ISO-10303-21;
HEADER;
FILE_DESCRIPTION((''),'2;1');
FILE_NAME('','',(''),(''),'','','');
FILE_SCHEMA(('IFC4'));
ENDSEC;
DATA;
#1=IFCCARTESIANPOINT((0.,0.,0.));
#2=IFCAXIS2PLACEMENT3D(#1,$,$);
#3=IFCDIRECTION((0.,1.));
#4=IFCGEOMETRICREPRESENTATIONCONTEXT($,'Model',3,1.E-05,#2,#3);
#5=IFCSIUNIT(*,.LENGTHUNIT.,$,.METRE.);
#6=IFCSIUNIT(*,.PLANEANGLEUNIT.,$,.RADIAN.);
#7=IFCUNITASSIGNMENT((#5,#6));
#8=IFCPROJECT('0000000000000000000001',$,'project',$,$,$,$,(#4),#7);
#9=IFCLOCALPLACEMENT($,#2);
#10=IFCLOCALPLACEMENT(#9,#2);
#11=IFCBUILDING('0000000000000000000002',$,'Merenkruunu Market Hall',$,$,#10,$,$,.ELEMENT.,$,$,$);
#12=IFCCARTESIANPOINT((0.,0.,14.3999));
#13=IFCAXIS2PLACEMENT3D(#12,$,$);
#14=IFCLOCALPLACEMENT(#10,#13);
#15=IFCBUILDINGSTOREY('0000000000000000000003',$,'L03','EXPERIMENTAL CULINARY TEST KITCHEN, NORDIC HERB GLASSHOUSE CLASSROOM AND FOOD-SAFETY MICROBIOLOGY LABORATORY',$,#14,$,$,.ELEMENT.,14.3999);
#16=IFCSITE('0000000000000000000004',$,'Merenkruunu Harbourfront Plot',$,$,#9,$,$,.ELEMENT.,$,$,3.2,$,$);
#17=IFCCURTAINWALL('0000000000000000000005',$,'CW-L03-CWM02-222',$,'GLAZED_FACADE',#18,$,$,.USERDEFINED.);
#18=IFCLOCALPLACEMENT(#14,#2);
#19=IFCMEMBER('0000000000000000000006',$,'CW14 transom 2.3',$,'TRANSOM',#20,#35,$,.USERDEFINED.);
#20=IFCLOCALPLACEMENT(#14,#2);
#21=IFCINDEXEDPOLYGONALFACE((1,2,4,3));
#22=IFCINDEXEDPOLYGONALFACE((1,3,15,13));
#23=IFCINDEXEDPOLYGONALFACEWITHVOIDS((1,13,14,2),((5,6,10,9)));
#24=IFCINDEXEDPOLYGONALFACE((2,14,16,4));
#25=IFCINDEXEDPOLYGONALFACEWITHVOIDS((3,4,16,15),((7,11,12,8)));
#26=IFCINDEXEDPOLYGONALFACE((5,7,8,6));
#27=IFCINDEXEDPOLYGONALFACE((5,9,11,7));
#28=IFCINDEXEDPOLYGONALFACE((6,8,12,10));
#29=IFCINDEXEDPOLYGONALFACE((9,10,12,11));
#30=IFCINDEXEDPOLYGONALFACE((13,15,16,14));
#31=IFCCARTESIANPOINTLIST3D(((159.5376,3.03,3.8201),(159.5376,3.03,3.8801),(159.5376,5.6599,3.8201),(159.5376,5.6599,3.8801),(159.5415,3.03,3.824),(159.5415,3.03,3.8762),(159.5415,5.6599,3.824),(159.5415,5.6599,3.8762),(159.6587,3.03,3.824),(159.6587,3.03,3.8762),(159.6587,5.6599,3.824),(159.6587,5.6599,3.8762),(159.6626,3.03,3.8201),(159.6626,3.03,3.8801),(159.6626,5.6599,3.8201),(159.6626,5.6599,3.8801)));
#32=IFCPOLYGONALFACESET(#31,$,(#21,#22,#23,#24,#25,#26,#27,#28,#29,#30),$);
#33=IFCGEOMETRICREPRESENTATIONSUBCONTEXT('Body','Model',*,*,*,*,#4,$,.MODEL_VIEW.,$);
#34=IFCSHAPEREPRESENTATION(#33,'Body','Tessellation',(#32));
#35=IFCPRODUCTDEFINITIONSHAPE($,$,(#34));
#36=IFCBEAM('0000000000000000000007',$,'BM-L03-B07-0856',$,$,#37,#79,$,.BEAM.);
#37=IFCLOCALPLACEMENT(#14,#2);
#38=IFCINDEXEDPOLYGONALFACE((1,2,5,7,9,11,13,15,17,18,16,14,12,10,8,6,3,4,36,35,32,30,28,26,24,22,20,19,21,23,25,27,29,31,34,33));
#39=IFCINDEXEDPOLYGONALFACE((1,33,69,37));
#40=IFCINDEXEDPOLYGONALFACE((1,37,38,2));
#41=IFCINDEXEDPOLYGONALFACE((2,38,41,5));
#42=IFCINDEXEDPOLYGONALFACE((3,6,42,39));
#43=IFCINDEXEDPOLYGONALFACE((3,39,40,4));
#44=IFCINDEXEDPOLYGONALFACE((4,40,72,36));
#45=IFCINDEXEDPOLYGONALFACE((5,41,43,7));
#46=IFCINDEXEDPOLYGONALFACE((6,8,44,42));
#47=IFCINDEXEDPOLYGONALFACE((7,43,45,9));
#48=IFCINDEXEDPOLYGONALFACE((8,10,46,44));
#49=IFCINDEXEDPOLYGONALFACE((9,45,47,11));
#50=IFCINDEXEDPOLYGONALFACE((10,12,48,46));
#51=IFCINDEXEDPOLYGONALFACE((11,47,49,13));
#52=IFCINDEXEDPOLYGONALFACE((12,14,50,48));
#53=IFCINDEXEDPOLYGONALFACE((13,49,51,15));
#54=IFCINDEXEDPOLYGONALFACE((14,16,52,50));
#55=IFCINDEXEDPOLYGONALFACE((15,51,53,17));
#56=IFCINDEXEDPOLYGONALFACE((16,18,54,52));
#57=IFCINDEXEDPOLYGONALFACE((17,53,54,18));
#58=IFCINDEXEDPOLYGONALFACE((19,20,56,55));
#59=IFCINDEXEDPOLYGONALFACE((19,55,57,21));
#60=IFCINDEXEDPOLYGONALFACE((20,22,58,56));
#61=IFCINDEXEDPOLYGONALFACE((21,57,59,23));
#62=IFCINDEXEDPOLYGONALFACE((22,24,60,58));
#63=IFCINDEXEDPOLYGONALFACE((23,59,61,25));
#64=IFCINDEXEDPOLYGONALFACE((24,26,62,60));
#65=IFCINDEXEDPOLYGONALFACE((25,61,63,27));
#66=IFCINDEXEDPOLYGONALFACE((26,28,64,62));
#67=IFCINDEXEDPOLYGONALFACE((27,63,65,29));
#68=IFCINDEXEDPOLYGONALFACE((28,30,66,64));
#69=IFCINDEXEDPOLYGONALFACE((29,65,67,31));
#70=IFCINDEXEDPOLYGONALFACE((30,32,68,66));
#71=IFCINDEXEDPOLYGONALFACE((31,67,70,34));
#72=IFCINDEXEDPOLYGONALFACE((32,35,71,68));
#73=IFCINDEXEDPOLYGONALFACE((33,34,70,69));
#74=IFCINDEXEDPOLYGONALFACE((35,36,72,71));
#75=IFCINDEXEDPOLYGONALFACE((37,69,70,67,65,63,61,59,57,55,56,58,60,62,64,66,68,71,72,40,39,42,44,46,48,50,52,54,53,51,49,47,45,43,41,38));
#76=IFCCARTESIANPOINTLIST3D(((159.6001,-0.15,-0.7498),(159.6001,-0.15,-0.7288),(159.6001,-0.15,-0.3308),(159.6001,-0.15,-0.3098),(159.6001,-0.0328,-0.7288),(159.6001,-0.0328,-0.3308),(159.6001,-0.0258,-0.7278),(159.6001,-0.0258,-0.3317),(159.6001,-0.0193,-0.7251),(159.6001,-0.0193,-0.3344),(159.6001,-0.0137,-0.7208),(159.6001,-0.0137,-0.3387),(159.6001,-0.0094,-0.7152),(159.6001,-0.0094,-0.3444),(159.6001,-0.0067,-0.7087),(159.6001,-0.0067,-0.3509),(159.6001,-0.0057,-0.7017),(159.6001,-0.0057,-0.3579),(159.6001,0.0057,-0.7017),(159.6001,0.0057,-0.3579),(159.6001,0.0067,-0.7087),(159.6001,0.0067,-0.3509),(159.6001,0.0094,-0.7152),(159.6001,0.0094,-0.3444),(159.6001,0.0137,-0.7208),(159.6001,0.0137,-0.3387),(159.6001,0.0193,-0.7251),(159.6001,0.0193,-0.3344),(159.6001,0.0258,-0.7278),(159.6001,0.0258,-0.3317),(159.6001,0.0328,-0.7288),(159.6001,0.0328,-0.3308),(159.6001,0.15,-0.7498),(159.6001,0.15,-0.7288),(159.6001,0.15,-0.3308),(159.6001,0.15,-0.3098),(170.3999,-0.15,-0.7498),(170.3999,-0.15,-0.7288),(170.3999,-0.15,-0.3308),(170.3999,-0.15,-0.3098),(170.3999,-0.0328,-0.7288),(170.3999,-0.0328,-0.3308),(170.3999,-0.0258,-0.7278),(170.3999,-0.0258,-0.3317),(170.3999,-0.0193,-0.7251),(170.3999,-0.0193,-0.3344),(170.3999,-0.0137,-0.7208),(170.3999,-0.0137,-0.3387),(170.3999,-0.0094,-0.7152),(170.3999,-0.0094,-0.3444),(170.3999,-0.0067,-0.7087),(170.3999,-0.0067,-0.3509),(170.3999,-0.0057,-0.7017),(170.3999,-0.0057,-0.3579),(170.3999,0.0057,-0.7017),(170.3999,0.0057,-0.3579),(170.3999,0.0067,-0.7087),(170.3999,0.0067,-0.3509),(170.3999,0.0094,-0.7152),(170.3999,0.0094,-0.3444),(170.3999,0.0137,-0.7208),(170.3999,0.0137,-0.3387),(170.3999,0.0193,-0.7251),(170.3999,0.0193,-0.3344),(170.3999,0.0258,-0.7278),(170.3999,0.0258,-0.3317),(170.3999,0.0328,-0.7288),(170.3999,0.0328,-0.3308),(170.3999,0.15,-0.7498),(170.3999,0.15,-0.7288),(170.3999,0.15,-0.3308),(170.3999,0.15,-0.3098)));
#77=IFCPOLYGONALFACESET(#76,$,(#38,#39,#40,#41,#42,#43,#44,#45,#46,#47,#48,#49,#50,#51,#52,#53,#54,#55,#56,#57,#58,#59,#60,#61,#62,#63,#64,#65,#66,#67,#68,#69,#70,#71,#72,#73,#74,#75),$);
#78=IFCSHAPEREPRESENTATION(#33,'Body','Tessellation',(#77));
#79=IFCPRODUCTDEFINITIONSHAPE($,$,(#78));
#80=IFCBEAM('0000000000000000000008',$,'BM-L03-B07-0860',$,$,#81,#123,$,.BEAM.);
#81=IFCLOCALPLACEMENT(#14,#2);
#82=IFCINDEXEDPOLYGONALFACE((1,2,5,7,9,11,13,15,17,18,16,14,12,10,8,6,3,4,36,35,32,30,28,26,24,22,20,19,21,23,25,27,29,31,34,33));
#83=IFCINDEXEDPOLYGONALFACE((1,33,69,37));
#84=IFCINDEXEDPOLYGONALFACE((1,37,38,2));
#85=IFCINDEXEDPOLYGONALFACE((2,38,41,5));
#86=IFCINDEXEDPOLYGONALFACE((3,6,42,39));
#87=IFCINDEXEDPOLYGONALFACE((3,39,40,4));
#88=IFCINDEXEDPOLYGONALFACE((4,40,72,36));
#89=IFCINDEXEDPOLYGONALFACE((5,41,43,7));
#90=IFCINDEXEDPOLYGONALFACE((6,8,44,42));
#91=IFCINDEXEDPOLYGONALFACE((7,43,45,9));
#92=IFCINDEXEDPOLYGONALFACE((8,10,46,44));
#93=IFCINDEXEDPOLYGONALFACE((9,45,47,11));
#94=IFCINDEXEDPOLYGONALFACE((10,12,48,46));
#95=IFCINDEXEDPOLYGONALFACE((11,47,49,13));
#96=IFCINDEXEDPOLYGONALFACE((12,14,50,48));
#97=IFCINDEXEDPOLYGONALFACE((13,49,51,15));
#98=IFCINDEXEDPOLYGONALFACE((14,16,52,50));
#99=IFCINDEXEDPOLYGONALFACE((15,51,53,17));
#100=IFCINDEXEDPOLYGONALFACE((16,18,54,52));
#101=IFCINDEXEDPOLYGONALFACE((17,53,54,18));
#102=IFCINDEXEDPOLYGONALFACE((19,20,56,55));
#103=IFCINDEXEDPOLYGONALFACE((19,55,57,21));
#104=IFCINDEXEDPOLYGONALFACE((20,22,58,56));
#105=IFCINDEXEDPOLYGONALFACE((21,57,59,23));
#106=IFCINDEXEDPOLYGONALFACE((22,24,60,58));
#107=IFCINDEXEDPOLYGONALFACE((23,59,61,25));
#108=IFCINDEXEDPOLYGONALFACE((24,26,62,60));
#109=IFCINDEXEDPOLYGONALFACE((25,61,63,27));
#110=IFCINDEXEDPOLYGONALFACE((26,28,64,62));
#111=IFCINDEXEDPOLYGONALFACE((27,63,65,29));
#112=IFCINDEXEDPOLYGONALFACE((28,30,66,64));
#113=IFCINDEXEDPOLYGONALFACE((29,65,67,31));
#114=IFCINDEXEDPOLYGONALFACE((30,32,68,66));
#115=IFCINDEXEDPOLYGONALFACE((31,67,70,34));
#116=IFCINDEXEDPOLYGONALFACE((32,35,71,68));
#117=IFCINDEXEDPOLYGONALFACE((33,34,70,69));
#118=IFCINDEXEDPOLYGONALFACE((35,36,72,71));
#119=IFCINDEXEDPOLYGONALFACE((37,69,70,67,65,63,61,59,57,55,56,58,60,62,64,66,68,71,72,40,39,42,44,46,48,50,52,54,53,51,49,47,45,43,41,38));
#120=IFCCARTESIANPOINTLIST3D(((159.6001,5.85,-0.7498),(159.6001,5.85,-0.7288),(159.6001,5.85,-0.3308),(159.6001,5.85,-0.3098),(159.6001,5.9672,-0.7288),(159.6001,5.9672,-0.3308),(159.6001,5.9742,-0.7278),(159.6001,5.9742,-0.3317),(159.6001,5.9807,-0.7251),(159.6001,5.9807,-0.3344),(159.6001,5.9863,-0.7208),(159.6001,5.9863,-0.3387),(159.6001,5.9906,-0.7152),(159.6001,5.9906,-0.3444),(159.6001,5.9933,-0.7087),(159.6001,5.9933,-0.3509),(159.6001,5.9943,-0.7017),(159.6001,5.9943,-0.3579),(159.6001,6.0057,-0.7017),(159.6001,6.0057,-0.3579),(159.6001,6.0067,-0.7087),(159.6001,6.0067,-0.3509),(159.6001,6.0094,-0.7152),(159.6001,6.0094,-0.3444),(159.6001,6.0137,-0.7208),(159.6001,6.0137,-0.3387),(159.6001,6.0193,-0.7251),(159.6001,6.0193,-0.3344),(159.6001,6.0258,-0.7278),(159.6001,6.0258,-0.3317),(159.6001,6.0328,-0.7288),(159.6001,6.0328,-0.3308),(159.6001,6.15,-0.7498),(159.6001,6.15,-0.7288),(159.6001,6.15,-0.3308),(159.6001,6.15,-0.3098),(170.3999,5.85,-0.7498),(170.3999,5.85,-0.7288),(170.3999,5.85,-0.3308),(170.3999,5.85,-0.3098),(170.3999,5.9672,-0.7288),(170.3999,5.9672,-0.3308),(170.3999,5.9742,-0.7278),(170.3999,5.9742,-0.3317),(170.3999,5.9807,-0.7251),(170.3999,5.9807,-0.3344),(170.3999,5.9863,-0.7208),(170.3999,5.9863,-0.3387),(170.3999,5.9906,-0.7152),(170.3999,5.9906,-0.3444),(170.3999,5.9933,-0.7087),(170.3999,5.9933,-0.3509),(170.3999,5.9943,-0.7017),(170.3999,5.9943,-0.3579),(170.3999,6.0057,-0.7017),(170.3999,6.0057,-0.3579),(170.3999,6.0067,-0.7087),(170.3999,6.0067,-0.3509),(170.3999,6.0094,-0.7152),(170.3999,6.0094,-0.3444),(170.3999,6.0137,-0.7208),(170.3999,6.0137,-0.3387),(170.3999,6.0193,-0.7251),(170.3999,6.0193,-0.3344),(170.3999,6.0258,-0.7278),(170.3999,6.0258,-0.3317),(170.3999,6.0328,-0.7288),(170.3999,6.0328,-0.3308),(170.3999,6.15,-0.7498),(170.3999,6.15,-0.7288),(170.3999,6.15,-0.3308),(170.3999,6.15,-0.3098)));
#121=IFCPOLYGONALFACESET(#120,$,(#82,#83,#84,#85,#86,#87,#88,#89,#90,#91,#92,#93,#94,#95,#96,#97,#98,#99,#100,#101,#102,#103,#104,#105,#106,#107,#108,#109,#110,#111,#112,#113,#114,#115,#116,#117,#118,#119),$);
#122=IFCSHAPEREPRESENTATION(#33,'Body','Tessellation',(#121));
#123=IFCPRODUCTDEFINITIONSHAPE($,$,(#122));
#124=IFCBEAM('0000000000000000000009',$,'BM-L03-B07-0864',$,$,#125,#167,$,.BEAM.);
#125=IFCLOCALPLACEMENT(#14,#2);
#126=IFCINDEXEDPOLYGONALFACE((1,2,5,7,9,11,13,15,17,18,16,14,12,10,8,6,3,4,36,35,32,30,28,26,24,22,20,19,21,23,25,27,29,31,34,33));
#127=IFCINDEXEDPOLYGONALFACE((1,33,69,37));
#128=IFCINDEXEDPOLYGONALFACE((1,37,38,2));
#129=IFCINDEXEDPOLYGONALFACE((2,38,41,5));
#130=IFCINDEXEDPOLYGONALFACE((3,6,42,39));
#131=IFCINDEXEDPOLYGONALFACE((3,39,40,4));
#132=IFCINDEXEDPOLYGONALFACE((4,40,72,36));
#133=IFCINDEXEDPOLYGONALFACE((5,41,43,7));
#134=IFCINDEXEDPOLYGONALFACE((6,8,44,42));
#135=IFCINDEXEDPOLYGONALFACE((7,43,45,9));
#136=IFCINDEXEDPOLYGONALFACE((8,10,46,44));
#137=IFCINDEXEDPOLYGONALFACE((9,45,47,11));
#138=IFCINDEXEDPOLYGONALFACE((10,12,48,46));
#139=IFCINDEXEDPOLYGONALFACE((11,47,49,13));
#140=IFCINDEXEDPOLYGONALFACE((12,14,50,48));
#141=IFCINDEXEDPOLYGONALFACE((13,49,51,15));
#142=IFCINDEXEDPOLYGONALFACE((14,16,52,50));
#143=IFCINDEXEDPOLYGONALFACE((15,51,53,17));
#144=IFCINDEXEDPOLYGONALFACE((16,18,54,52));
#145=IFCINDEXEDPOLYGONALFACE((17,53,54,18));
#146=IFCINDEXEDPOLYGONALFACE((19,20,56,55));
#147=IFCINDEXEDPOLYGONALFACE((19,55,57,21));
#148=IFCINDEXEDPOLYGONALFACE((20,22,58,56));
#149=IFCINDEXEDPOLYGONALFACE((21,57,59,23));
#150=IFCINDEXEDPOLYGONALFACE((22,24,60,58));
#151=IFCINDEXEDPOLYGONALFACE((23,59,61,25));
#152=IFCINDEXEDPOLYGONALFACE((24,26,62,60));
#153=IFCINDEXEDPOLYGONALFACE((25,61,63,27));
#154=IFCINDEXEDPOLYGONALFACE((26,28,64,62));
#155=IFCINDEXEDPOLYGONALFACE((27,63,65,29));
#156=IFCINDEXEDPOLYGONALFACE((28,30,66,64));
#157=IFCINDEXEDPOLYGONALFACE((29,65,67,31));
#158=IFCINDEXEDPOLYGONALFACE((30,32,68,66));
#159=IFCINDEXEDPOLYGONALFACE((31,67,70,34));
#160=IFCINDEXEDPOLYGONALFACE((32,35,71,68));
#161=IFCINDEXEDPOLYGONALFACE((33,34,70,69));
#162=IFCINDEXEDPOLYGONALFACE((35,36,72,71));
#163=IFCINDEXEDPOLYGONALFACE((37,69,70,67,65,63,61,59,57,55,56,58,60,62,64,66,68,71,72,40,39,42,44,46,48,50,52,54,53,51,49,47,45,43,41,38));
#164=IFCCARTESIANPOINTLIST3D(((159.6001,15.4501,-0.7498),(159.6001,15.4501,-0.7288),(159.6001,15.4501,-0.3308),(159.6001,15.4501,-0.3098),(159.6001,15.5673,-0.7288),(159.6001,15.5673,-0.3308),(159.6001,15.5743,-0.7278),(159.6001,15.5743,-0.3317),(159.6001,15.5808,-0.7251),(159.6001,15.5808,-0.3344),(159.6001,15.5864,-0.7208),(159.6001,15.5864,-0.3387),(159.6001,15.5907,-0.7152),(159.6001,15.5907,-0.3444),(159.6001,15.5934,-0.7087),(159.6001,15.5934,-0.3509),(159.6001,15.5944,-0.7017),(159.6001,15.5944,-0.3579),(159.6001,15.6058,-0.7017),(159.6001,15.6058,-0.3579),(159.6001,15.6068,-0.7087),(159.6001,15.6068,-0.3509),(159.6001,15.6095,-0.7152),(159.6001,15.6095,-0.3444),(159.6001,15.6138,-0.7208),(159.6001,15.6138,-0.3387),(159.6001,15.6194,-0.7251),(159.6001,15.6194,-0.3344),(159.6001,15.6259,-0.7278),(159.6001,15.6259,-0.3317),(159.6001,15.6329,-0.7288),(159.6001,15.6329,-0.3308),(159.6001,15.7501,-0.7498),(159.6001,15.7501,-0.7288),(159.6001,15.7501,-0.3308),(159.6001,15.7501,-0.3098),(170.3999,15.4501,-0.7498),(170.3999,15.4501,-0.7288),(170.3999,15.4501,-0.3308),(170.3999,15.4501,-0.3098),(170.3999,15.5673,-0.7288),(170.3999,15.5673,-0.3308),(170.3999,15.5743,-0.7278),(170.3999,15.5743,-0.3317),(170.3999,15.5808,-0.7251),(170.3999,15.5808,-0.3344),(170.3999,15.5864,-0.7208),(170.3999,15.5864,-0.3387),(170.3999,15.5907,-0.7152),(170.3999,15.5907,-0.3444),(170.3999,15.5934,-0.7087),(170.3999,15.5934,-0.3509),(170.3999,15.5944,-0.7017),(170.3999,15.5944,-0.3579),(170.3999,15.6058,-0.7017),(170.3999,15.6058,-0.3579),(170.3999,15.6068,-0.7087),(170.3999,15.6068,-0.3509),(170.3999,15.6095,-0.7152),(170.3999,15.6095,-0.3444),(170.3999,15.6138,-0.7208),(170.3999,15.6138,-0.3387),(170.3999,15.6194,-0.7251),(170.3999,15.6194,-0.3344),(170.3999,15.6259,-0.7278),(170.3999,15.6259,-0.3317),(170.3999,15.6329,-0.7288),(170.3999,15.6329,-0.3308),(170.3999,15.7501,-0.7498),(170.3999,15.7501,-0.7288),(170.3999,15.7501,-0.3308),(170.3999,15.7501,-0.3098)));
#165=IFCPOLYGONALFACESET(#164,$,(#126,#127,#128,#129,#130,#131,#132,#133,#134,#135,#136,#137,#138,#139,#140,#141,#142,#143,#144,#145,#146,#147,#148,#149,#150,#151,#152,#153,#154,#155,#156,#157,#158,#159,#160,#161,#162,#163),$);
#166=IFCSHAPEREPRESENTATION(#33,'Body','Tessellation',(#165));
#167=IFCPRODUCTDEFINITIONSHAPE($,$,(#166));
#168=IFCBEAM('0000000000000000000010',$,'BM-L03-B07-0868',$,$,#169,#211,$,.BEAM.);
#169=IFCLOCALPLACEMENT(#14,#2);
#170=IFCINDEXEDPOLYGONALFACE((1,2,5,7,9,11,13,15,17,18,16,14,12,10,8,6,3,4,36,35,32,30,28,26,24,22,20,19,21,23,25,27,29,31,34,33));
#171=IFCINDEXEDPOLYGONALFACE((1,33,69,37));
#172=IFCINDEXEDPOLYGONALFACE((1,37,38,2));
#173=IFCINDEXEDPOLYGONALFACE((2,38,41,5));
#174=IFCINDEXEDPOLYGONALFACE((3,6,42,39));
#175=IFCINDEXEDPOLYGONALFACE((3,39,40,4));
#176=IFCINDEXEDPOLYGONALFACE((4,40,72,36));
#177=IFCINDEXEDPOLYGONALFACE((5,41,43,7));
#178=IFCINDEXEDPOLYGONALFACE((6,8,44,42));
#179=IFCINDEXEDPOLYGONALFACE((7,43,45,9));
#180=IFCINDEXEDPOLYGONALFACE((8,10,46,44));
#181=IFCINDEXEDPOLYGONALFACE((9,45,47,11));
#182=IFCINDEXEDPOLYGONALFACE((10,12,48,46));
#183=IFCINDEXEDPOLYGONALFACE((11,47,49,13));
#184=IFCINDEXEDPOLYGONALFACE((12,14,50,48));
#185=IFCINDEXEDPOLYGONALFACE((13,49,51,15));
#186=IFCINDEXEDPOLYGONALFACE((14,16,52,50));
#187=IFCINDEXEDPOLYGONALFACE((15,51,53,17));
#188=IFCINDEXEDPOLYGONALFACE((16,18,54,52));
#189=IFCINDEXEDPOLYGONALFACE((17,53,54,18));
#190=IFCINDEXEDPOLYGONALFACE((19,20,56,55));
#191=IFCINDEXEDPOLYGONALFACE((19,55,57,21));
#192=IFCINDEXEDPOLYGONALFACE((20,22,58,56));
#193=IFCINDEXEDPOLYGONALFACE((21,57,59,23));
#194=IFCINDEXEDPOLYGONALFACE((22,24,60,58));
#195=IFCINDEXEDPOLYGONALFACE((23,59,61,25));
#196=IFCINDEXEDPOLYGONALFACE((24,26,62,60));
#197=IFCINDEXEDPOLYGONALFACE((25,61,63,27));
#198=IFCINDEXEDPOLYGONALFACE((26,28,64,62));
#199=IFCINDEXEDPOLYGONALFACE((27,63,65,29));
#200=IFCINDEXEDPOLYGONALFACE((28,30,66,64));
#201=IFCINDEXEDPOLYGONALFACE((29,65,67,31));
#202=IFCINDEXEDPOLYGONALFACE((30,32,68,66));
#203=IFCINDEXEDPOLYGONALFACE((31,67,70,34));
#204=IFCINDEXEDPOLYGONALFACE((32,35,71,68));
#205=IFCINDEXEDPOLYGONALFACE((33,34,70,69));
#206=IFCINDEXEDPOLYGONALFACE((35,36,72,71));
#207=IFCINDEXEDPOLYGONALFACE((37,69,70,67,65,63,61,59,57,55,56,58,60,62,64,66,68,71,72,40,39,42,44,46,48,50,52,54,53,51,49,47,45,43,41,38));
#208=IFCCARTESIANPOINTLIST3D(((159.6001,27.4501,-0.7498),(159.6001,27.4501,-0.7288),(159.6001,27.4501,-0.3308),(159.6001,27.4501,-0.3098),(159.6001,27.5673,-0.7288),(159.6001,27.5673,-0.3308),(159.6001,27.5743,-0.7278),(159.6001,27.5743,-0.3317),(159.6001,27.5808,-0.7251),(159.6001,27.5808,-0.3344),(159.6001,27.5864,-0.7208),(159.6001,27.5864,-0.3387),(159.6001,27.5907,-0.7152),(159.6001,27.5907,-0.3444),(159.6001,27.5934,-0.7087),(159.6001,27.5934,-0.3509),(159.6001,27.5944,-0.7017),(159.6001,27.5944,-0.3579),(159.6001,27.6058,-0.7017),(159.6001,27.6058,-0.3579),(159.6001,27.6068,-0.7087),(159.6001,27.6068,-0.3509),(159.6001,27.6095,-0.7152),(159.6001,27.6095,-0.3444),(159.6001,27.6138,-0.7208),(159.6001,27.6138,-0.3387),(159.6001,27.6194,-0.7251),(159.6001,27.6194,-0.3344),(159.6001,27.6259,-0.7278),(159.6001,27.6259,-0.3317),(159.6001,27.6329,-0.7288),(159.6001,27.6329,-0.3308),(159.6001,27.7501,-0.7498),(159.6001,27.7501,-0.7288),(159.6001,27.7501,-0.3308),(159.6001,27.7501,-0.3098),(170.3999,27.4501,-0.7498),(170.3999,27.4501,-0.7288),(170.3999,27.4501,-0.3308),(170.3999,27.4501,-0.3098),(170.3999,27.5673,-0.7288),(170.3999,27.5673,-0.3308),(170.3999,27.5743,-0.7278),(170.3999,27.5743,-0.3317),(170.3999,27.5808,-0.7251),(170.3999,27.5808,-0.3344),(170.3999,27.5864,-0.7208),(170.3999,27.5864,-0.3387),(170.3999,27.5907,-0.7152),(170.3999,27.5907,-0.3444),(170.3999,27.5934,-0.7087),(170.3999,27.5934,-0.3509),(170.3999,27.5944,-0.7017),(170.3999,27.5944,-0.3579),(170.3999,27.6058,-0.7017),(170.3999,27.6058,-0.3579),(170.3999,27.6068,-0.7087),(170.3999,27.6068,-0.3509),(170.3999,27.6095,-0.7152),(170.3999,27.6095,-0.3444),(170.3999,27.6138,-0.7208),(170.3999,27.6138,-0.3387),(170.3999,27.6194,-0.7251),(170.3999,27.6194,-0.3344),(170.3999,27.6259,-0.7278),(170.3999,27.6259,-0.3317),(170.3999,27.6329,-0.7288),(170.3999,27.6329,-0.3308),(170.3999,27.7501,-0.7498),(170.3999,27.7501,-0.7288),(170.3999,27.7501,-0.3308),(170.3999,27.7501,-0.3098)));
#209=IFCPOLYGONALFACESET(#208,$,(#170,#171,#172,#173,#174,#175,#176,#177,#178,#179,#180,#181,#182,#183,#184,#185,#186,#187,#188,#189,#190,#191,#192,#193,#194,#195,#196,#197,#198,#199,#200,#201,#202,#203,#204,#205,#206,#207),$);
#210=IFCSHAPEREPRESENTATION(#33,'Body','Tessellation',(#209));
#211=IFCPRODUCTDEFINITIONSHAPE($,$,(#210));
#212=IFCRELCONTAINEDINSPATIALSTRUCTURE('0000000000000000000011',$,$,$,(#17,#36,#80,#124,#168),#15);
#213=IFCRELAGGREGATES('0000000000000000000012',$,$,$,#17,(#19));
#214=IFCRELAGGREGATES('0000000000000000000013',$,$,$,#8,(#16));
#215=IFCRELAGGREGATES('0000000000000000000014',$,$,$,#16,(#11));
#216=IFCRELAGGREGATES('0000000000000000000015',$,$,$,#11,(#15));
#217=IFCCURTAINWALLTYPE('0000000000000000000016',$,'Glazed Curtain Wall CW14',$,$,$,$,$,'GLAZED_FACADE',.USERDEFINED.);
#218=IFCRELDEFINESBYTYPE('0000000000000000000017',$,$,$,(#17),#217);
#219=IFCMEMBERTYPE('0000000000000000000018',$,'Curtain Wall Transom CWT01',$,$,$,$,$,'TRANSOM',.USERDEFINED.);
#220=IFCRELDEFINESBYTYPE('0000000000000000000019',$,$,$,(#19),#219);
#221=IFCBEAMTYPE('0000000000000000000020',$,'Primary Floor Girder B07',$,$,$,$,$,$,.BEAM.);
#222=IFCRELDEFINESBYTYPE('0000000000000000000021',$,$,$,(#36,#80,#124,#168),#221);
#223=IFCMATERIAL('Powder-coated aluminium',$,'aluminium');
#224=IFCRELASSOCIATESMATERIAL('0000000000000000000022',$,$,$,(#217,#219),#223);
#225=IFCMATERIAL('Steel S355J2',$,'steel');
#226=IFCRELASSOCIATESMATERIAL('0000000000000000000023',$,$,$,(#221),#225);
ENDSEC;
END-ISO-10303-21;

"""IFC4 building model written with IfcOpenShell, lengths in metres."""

from ifc_helpers import new_model, si_unit, direction, frame, origin, origin_2d, place, context, subcontext, project, spatial, hollow_rectangle, i_section, extrude, material, material_profile, profile_set, type_object, element, aggregate, save


model = new_model("IFC4")

# Units and contexts
model_context = context("Model", 3, precision=1e-05, world=origin(), true_north=direction((0.0, 1.0)))
body_context = subcontext(model_context, "Body", "Model", "MODEL_VIEW")
ifc_project = project(units=[si_unit("LENGTHUNIT", "METRE"), si_unit("PLANEANGLEUNIT", "RADIAN")], contexts=[model_context])

# Site, building, storey
site_placement = place(None, origin())
site = spatial("IfcSite", under=ifc_project, at=site_placement, Name="Merenkruunu Harbourfront Plot", CompositionType="ELEMENT", RefElevation=3.2)
building_placement = place(site_placement, origin())
building = spatial("IfcBuilding", under=site, at=building_placement, Name="Merenkruunu Market Hall", CompositionType="ELEMENT")
storey_placement = place(building_placement, frame((0.0, 0.0, 14.3999)))
storey = spatial("IfcBuildingStorey", under=building, at=storey_placement, Name="L03", Description="EXPERIMENTAL CULINARY TEST KITCHEN, NORDIC HERB GLASSHOUSE CLASSROOM AND FOOD-SAFETY MICROBIOLOGY LABORATORY", CompositionType="ELEMENT", Elevation=14.3999)

# Shared definitions
ifc_material_1 = material(Name="Steel S355J2", Category="steel")

# Curtain wall, member
ifc_material_2 = material(Name="Powder-coated aluminium", Category="aluminium")
curtain_wall_type = type_object("IfcCurtainWallType", Name="Glazed Curtain Wall CW14", ElementType="GLAZED_FACADE", PredefinedType="USERDEFINED", material=ifc_material_2)
curtain_wall_placement = place(storey_placement, origin())
curtain_wall = element("IfcCurtainWall", 1, at=curtain_wall_placement, inside=storey, type_object=curtain_wall_type, Name="CW-L03-CWM02-222", ObjectType="GLAZED_FACADE", PredefinedType="USERDEFINED")
ifc_material_profile_1 = material_profile(ifc_material_2, hollow_rectangle(XDim=0.0601, YDim=0.125, WallThickness=0.0039, at=origin_2d()), Name="ALU 60x125x4")
ifc_profile_set_1 = profile_set([ifc_material_profile_1], Name="Powder-coated aluminium")
member_type_1 = type_object("IfcMemberType", Name="Curtain Wall Transom CWT01", ElementType="TRANSOM", PredefinedType="USERDEFINED", material=ifc_profile_set_1)
member_1_placement = place(storey_placement, frame((159.6001, 3.03, 3.8501), z_axis=(0.0, 1.0, 0.0), x_axis=(0.0, 0.0, 1.0)))
member_1 = element("IfcMember", 2, at=member_1_placement, type_object=member_type_1, Name="CW14 transom 2.3", ObjectType="TRANSOM", PredefinedType="USERDEFINED", context=body_context, shape_type="SweptSolid", body=[
    extrude(hollow_rectangle(XDim=0.0601, YDim=0.125, WallThickness=0.0039, at=origin_2d()), origin(), (0.0, 0.0, 1.0), 2.6299),
])

# Beams
ifc_material_profile_2 = material_profile(ifc_material_1, i_section(OverallWidth=0.3, OverallDepth=0.4399, WebThickness=0.0115, FlangeThickness=0.021, FilletRadius=0.0271, at=origin_2d()), Name="HEA 450")
ifc_profile_set_2 = profile_set([ifc_material_profile_2], Name="Steel S355J2")
beam_type_1 = type_object("IfcBeamType", Name="Primary Floor Girder B07", PredefinedType="BEAM", material=ifc_profile_set_2)
for number, where, z_axis, x_axis, name in (
    (3, (159.6001, 0.0, -0.5298), (1.0, 0.0, 0.0), (0.0, 1.0, 0.0), "BM-L03-B07-0856"),
    (4, (159.6001, 6.0, -0.5298), (1.0, 0.0, 0.0), (0.0, 1.0, 0.0), "BM-L03-B07-0860"),
    (5, (159.6001, 15.6001, -0.5298), (1.0, 0.0, 0.0), (0.0, 1.0, 0.0), "BM-L03-B07-0864"),
    (6, (159.6001, 27.6001, -0.5298), (1.0, 0.0, 0.0), (0.0, 1.0, 0.0), "BM-L03-B07-0868"),
):
    element("IfcBeam", number, at=place(storey_placement, frame(where, z_axis=z_axis, x_axis=x_axis)), inside=storey, type_object=beam_type_1, Name=name, PredefinedType="BEAM", context=body_context, shape_type="SweptSolid", body=[
        extrude(i_section(OverallWidth=0.3, OverallDepth=0.4399, WebThickness=0.0115, FlangeThickness=0.021, FilletRadius=0.0271, at=origin_2d()), origin(), (0.0, 0.0, 1.0), 10.7998),
    ])

aggregate(curtain_wall, [member_1])

save(model, "model.ifc")
